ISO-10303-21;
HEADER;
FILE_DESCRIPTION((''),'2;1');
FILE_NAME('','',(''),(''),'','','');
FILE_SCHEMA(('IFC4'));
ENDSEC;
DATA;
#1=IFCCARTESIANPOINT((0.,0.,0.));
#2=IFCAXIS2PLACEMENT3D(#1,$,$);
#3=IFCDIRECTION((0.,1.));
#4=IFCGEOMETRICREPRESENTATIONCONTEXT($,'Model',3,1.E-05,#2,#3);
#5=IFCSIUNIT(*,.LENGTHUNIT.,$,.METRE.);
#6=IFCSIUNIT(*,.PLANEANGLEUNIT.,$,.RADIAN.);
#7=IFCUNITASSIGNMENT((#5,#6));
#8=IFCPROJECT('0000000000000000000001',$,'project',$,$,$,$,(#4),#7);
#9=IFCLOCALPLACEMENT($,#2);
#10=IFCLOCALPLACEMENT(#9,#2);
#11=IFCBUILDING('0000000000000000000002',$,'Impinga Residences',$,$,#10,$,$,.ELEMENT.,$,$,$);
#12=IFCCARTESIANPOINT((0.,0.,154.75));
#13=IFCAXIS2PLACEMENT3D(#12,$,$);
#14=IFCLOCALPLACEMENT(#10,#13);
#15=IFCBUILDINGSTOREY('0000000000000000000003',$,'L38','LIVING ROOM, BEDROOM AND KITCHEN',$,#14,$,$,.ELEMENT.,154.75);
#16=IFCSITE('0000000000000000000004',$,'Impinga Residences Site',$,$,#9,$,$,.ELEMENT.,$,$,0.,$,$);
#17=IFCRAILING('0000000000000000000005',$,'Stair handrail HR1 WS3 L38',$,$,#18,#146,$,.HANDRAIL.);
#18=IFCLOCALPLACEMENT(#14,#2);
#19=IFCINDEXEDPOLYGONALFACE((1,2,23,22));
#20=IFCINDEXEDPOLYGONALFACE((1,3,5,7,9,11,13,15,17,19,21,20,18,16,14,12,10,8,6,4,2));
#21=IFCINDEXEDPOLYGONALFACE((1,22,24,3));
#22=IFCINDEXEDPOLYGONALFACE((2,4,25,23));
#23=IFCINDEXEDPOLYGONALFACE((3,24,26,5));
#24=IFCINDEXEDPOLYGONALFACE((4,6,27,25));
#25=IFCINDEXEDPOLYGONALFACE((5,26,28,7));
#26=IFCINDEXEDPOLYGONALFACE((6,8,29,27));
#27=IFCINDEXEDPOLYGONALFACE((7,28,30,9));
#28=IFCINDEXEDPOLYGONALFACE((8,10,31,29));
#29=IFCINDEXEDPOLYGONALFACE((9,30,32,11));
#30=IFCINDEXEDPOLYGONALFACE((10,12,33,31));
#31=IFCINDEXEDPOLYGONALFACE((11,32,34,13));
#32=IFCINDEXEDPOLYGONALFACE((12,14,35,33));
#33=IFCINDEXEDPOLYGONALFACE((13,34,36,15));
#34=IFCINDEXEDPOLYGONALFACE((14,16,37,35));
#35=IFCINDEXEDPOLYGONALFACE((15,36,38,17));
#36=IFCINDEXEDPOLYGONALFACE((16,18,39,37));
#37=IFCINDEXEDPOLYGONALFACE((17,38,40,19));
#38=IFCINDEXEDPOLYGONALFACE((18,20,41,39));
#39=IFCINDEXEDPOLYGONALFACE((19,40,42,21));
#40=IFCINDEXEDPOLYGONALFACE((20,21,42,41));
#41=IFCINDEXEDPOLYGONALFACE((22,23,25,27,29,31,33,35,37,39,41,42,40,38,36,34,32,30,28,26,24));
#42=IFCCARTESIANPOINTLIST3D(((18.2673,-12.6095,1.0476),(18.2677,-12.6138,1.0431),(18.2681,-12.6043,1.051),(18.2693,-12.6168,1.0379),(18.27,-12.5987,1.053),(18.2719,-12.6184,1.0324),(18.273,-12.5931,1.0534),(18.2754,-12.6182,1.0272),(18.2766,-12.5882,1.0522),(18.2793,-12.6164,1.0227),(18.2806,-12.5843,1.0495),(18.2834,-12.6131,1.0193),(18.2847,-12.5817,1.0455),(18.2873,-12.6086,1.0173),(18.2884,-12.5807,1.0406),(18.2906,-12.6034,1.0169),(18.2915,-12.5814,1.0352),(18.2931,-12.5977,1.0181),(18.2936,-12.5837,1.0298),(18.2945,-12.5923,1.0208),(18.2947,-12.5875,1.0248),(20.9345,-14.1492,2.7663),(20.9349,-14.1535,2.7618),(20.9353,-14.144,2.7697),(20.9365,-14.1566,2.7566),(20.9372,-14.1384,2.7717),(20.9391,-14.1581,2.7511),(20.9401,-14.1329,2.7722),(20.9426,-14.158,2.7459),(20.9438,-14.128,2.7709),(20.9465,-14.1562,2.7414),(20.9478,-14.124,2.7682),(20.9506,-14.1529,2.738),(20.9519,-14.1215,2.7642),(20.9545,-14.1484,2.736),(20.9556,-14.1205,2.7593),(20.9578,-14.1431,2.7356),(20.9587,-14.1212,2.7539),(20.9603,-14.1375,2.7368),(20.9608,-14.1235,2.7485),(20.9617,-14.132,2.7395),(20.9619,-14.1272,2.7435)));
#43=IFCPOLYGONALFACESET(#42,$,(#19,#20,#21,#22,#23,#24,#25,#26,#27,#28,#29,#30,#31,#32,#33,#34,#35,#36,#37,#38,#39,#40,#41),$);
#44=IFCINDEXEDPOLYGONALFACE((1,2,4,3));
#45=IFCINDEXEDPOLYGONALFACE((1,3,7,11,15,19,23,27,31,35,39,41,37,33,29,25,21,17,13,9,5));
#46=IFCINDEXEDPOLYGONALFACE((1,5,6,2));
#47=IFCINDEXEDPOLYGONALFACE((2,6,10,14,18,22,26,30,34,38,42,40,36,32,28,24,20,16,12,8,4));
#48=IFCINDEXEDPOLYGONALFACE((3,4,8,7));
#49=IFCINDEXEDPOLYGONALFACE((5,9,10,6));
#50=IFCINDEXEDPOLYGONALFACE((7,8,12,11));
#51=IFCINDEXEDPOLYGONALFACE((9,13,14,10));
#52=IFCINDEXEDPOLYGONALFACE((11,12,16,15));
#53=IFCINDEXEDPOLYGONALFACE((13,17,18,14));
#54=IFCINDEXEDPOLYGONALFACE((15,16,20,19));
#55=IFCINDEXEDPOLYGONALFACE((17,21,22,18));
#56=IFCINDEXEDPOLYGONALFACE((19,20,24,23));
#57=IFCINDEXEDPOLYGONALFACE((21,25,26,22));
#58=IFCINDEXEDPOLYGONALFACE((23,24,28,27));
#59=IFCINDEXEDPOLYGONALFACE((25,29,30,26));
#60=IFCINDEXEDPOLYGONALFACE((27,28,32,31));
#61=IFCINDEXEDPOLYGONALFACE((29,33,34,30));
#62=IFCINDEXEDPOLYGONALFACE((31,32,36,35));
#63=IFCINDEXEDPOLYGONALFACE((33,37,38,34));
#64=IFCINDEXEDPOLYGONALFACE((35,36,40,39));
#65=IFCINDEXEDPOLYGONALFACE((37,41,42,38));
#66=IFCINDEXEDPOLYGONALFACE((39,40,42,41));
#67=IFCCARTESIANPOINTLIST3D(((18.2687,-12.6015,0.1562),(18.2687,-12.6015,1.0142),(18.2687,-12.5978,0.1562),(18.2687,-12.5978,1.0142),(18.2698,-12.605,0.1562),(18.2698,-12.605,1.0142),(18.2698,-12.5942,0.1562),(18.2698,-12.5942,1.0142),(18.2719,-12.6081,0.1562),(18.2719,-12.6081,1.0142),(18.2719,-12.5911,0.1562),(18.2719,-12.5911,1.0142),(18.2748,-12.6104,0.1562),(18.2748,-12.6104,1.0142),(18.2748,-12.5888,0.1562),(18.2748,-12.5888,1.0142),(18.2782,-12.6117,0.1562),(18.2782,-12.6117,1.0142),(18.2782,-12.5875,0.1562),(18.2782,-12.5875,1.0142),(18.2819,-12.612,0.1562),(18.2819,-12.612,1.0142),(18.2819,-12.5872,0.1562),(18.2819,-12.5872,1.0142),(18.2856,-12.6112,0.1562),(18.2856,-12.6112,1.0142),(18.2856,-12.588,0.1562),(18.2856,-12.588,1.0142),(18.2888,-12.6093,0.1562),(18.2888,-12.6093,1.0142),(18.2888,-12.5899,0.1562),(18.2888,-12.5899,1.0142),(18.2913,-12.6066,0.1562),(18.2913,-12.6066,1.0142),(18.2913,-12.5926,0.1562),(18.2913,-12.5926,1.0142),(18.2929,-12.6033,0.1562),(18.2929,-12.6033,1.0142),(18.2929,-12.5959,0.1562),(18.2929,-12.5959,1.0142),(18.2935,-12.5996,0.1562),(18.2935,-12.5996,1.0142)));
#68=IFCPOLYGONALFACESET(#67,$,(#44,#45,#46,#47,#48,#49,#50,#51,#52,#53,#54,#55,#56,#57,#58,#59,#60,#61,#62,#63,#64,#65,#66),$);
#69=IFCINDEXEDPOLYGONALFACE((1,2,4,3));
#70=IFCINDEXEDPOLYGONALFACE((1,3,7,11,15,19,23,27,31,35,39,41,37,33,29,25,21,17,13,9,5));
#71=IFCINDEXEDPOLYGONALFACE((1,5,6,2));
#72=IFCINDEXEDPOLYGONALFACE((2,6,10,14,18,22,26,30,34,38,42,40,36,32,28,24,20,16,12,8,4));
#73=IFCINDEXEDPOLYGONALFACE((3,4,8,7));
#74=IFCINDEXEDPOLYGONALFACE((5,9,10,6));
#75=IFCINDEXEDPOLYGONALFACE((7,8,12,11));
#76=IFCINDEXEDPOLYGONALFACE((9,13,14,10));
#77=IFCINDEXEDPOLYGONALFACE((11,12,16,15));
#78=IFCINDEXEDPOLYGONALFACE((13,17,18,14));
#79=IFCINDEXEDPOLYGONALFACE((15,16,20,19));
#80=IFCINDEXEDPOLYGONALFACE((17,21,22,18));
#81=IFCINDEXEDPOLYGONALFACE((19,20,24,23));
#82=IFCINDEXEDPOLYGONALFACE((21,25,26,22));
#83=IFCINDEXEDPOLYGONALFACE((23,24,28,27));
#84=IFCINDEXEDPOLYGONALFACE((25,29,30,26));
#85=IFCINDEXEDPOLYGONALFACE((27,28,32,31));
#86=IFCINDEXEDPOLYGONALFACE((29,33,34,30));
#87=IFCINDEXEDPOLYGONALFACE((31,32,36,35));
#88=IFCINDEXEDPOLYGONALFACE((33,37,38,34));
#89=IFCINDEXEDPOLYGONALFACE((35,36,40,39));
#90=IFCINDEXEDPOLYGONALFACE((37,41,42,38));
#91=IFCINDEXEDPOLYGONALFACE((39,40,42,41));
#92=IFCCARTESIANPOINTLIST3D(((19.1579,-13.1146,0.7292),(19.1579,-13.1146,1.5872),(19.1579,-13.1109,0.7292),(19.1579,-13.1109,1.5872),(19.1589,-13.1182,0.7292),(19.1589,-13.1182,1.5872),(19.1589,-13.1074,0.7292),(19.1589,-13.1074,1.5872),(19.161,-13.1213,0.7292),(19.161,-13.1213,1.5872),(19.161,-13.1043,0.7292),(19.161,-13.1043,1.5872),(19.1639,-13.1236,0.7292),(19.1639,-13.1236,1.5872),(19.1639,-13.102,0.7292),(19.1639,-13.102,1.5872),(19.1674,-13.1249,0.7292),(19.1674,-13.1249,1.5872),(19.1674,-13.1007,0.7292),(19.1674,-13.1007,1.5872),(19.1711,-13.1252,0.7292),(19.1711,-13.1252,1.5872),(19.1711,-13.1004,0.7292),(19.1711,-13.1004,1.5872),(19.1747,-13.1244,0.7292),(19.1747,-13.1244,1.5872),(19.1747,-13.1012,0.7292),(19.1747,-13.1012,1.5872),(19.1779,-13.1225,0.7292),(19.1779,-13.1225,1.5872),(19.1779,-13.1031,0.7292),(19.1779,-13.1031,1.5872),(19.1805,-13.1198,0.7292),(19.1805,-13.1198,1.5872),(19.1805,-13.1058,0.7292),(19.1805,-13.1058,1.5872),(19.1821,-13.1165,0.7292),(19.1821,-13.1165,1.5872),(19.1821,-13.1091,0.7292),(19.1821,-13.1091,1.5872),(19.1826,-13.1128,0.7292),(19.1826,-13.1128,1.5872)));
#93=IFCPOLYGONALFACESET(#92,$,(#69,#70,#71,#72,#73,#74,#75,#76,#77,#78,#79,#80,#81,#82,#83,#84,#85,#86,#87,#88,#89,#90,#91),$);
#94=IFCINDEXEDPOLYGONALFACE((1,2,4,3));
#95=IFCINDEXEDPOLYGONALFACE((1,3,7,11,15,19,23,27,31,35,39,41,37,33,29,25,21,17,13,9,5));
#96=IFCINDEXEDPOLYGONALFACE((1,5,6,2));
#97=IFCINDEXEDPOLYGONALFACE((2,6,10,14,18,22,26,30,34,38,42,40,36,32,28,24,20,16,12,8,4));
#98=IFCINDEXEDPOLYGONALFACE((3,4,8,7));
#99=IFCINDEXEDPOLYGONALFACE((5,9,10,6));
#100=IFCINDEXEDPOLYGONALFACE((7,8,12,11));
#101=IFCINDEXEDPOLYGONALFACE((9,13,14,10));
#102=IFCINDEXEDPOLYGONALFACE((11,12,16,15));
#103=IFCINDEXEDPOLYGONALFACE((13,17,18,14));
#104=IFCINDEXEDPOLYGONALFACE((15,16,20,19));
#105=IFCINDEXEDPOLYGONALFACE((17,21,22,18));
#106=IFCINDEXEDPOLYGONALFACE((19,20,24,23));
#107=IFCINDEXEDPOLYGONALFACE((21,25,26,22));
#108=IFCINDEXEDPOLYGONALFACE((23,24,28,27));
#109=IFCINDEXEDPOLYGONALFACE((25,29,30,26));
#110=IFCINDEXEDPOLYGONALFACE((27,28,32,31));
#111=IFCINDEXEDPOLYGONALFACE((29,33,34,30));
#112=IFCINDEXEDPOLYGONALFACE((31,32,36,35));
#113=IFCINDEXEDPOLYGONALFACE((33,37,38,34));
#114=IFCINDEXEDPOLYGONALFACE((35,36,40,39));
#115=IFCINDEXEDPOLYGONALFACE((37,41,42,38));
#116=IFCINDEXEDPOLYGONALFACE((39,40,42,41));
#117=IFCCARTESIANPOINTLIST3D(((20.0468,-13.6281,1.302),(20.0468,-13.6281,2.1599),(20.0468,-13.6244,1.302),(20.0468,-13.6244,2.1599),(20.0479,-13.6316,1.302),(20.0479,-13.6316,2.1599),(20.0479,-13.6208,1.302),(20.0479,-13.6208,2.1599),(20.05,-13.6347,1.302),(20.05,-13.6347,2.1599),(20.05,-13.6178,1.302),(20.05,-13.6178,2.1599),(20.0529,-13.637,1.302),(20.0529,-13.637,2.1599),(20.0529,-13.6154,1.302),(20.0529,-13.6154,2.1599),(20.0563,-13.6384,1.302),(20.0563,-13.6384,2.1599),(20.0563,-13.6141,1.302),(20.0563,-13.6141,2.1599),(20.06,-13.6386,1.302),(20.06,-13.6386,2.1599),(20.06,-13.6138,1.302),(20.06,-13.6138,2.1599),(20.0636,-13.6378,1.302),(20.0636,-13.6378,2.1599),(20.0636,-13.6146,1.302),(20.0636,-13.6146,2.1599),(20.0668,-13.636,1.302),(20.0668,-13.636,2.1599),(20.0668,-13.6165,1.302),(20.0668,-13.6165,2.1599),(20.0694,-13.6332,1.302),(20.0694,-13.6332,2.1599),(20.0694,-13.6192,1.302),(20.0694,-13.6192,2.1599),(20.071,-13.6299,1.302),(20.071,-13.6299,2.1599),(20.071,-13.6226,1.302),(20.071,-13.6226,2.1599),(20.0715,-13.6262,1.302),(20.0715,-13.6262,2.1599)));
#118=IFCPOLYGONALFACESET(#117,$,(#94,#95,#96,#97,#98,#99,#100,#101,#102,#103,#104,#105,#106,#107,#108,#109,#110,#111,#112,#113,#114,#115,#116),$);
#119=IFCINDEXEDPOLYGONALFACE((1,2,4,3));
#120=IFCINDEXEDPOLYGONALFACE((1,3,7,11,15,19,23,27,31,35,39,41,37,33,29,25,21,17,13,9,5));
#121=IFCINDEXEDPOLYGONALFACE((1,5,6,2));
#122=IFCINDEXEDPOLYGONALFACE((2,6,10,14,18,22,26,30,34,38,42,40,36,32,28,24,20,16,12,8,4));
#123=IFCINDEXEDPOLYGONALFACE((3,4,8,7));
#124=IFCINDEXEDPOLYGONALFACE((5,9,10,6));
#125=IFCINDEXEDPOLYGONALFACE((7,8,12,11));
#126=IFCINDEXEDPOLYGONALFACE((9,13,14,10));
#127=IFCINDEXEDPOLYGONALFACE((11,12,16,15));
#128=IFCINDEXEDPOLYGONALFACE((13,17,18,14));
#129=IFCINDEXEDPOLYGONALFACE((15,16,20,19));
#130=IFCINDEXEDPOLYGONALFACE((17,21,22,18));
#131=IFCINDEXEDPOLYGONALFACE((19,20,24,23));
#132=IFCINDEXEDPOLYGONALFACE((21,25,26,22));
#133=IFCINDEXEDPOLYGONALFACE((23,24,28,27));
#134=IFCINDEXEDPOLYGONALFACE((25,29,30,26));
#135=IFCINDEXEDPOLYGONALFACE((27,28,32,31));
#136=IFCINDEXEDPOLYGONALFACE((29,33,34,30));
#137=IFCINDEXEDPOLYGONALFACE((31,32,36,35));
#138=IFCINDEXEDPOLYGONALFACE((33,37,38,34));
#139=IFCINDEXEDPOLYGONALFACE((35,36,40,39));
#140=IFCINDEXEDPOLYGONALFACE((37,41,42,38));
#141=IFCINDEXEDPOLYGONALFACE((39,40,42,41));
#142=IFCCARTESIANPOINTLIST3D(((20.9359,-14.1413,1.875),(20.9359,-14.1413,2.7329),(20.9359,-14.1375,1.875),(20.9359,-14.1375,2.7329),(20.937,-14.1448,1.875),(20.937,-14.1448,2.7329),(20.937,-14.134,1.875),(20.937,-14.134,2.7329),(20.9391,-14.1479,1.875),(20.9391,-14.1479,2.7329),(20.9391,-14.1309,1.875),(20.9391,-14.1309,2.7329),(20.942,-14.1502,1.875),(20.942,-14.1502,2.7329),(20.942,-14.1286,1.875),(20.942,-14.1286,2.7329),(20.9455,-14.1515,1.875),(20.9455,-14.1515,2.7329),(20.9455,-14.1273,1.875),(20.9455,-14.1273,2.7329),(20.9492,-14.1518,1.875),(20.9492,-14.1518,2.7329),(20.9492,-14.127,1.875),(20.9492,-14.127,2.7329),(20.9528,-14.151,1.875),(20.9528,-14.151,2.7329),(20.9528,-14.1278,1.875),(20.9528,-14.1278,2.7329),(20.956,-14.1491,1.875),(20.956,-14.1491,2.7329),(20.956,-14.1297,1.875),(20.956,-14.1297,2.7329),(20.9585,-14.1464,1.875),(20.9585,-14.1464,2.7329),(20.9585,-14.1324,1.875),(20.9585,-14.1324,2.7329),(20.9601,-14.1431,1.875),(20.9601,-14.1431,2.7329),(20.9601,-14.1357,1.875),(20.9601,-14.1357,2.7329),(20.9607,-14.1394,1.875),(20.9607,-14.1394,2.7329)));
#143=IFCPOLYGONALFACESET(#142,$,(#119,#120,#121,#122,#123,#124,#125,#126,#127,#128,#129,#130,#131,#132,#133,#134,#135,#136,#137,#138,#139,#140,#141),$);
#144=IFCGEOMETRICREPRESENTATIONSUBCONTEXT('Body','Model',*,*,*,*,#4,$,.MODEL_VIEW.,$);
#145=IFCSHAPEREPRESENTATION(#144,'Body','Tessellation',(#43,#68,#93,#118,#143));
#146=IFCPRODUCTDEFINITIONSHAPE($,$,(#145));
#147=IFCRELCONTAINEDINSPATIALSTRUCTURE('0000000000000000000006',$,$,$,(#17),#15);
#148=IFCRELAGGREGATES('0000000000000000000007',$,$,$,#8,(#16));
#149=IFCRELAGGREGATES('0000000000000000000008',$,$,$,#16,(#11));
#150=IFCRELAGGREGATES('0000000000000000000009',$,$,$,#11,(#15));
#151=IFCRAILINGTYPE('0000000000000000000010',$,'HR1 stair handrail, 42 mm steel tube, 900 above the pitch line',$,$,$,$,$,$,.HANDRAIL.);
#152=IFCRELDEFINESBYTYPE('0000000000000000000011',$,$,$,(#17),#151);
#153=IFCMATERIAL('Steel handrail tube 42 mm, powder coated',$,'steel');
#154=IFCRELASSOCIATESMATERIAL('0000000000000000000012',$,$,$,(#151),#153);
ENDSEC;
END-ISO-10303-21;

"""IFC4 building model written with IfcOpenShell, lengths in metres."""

from ifc_helpers import new_model, si_unit, direction, frame, origin, origin_2d, place, context, subcontext, project, spatial, circle, extrude, material, type_object, element, save


model = new_model("IFC4")

# Units and contexts
model_context = context("Model", 3, precision=1e-05, world=origin(), true_north=direction((0.0, 1.0)))
body_context = subcontext(model_context, "Body", "Model", "MODEL_VIEW")
ifc_project = project(units=[si_unit("LENGTHUNIT", "METRE"), si_unit("PLANEANGLEUNIT", "RADIAN")], contexts=[model_context])

# Site, building, storey
site_placement = place(None, origin())
site = spatial("IfcSite", under=ifc_project, at=site_placement, Name="Impinga Residences Site", CompositionType="ELEMENT", RefElevation=0.0)
building_placement = place(site_placement, origin())
building = spatial("IfcBuilding", under=site, at=building_placement, Name="Impinga Residences", CompositionType="ELEMENT")
storey_placement = place(building_placement, frame((0.0, 0.0, 154.75)))
storey = spatial("IfcBuildingStorey", under=building, at=storey_placement, Name="L38", Description="LIVING ROOM, BEDROOM AND KITCHEN", CompositionType="ELEMENT", Elevation=154.75)

# Railing
ifc_material_1 = material(Name="Steel handrail tube 42 mm, powder coated", Category="steel")
railing_type = type_object("IfcRailingType", Name="HR1 stair handrail, 42 mm steel tube, 900 above the pitch line", PredefinedType="HANDRAIL", material=ifc_material_1)
railing_1_placement = place(storey_placement, frame((18.281, -12.5996, 0.1562)))
element("IfcRailing", 1, at=railing_1_placement, inside=storey, type_object=railing_type, Name="Stair handrail HR1 WS3 L38", PredefinedType="HANDRAIL", context=body_context, shape_type="SweptSolid", body=[
    extrude(circle(Radius=0.021, at=origin_2d()), frame((0.0, 0.0, 0.8789), z_axis=(0.756249, -0.436582, 0.487322), x_axis=(0.499967, 0.866044, 0.0)), (0.0, 0.0, 1.0), 3.5269),
    extrude(circle(Radius=0.0125, at=origin_2d()), origin(), (0.0, 0.0, 1.0), 0.8579),
    extrude(circle(Radius=0.0125, at=origin_2d()), frame((0.8892, -0.5132, 0.573)), (0.0, 0.0, 1.0), 0.8579),
    extrude(circle(Radius=0.0125, at=origin_2d()), frame((1.7781, -1.0266, 1.1458)), (0.0, 0.0, 1.0), 0.8579),
    extrude(circle(Radius=0.0125, at=origin_2d()), frame((2.6672, -1.5398, 1.7188)), (0.0, 0.0, 1.0), 0.8579),
])

save(model, "model.ifc")
